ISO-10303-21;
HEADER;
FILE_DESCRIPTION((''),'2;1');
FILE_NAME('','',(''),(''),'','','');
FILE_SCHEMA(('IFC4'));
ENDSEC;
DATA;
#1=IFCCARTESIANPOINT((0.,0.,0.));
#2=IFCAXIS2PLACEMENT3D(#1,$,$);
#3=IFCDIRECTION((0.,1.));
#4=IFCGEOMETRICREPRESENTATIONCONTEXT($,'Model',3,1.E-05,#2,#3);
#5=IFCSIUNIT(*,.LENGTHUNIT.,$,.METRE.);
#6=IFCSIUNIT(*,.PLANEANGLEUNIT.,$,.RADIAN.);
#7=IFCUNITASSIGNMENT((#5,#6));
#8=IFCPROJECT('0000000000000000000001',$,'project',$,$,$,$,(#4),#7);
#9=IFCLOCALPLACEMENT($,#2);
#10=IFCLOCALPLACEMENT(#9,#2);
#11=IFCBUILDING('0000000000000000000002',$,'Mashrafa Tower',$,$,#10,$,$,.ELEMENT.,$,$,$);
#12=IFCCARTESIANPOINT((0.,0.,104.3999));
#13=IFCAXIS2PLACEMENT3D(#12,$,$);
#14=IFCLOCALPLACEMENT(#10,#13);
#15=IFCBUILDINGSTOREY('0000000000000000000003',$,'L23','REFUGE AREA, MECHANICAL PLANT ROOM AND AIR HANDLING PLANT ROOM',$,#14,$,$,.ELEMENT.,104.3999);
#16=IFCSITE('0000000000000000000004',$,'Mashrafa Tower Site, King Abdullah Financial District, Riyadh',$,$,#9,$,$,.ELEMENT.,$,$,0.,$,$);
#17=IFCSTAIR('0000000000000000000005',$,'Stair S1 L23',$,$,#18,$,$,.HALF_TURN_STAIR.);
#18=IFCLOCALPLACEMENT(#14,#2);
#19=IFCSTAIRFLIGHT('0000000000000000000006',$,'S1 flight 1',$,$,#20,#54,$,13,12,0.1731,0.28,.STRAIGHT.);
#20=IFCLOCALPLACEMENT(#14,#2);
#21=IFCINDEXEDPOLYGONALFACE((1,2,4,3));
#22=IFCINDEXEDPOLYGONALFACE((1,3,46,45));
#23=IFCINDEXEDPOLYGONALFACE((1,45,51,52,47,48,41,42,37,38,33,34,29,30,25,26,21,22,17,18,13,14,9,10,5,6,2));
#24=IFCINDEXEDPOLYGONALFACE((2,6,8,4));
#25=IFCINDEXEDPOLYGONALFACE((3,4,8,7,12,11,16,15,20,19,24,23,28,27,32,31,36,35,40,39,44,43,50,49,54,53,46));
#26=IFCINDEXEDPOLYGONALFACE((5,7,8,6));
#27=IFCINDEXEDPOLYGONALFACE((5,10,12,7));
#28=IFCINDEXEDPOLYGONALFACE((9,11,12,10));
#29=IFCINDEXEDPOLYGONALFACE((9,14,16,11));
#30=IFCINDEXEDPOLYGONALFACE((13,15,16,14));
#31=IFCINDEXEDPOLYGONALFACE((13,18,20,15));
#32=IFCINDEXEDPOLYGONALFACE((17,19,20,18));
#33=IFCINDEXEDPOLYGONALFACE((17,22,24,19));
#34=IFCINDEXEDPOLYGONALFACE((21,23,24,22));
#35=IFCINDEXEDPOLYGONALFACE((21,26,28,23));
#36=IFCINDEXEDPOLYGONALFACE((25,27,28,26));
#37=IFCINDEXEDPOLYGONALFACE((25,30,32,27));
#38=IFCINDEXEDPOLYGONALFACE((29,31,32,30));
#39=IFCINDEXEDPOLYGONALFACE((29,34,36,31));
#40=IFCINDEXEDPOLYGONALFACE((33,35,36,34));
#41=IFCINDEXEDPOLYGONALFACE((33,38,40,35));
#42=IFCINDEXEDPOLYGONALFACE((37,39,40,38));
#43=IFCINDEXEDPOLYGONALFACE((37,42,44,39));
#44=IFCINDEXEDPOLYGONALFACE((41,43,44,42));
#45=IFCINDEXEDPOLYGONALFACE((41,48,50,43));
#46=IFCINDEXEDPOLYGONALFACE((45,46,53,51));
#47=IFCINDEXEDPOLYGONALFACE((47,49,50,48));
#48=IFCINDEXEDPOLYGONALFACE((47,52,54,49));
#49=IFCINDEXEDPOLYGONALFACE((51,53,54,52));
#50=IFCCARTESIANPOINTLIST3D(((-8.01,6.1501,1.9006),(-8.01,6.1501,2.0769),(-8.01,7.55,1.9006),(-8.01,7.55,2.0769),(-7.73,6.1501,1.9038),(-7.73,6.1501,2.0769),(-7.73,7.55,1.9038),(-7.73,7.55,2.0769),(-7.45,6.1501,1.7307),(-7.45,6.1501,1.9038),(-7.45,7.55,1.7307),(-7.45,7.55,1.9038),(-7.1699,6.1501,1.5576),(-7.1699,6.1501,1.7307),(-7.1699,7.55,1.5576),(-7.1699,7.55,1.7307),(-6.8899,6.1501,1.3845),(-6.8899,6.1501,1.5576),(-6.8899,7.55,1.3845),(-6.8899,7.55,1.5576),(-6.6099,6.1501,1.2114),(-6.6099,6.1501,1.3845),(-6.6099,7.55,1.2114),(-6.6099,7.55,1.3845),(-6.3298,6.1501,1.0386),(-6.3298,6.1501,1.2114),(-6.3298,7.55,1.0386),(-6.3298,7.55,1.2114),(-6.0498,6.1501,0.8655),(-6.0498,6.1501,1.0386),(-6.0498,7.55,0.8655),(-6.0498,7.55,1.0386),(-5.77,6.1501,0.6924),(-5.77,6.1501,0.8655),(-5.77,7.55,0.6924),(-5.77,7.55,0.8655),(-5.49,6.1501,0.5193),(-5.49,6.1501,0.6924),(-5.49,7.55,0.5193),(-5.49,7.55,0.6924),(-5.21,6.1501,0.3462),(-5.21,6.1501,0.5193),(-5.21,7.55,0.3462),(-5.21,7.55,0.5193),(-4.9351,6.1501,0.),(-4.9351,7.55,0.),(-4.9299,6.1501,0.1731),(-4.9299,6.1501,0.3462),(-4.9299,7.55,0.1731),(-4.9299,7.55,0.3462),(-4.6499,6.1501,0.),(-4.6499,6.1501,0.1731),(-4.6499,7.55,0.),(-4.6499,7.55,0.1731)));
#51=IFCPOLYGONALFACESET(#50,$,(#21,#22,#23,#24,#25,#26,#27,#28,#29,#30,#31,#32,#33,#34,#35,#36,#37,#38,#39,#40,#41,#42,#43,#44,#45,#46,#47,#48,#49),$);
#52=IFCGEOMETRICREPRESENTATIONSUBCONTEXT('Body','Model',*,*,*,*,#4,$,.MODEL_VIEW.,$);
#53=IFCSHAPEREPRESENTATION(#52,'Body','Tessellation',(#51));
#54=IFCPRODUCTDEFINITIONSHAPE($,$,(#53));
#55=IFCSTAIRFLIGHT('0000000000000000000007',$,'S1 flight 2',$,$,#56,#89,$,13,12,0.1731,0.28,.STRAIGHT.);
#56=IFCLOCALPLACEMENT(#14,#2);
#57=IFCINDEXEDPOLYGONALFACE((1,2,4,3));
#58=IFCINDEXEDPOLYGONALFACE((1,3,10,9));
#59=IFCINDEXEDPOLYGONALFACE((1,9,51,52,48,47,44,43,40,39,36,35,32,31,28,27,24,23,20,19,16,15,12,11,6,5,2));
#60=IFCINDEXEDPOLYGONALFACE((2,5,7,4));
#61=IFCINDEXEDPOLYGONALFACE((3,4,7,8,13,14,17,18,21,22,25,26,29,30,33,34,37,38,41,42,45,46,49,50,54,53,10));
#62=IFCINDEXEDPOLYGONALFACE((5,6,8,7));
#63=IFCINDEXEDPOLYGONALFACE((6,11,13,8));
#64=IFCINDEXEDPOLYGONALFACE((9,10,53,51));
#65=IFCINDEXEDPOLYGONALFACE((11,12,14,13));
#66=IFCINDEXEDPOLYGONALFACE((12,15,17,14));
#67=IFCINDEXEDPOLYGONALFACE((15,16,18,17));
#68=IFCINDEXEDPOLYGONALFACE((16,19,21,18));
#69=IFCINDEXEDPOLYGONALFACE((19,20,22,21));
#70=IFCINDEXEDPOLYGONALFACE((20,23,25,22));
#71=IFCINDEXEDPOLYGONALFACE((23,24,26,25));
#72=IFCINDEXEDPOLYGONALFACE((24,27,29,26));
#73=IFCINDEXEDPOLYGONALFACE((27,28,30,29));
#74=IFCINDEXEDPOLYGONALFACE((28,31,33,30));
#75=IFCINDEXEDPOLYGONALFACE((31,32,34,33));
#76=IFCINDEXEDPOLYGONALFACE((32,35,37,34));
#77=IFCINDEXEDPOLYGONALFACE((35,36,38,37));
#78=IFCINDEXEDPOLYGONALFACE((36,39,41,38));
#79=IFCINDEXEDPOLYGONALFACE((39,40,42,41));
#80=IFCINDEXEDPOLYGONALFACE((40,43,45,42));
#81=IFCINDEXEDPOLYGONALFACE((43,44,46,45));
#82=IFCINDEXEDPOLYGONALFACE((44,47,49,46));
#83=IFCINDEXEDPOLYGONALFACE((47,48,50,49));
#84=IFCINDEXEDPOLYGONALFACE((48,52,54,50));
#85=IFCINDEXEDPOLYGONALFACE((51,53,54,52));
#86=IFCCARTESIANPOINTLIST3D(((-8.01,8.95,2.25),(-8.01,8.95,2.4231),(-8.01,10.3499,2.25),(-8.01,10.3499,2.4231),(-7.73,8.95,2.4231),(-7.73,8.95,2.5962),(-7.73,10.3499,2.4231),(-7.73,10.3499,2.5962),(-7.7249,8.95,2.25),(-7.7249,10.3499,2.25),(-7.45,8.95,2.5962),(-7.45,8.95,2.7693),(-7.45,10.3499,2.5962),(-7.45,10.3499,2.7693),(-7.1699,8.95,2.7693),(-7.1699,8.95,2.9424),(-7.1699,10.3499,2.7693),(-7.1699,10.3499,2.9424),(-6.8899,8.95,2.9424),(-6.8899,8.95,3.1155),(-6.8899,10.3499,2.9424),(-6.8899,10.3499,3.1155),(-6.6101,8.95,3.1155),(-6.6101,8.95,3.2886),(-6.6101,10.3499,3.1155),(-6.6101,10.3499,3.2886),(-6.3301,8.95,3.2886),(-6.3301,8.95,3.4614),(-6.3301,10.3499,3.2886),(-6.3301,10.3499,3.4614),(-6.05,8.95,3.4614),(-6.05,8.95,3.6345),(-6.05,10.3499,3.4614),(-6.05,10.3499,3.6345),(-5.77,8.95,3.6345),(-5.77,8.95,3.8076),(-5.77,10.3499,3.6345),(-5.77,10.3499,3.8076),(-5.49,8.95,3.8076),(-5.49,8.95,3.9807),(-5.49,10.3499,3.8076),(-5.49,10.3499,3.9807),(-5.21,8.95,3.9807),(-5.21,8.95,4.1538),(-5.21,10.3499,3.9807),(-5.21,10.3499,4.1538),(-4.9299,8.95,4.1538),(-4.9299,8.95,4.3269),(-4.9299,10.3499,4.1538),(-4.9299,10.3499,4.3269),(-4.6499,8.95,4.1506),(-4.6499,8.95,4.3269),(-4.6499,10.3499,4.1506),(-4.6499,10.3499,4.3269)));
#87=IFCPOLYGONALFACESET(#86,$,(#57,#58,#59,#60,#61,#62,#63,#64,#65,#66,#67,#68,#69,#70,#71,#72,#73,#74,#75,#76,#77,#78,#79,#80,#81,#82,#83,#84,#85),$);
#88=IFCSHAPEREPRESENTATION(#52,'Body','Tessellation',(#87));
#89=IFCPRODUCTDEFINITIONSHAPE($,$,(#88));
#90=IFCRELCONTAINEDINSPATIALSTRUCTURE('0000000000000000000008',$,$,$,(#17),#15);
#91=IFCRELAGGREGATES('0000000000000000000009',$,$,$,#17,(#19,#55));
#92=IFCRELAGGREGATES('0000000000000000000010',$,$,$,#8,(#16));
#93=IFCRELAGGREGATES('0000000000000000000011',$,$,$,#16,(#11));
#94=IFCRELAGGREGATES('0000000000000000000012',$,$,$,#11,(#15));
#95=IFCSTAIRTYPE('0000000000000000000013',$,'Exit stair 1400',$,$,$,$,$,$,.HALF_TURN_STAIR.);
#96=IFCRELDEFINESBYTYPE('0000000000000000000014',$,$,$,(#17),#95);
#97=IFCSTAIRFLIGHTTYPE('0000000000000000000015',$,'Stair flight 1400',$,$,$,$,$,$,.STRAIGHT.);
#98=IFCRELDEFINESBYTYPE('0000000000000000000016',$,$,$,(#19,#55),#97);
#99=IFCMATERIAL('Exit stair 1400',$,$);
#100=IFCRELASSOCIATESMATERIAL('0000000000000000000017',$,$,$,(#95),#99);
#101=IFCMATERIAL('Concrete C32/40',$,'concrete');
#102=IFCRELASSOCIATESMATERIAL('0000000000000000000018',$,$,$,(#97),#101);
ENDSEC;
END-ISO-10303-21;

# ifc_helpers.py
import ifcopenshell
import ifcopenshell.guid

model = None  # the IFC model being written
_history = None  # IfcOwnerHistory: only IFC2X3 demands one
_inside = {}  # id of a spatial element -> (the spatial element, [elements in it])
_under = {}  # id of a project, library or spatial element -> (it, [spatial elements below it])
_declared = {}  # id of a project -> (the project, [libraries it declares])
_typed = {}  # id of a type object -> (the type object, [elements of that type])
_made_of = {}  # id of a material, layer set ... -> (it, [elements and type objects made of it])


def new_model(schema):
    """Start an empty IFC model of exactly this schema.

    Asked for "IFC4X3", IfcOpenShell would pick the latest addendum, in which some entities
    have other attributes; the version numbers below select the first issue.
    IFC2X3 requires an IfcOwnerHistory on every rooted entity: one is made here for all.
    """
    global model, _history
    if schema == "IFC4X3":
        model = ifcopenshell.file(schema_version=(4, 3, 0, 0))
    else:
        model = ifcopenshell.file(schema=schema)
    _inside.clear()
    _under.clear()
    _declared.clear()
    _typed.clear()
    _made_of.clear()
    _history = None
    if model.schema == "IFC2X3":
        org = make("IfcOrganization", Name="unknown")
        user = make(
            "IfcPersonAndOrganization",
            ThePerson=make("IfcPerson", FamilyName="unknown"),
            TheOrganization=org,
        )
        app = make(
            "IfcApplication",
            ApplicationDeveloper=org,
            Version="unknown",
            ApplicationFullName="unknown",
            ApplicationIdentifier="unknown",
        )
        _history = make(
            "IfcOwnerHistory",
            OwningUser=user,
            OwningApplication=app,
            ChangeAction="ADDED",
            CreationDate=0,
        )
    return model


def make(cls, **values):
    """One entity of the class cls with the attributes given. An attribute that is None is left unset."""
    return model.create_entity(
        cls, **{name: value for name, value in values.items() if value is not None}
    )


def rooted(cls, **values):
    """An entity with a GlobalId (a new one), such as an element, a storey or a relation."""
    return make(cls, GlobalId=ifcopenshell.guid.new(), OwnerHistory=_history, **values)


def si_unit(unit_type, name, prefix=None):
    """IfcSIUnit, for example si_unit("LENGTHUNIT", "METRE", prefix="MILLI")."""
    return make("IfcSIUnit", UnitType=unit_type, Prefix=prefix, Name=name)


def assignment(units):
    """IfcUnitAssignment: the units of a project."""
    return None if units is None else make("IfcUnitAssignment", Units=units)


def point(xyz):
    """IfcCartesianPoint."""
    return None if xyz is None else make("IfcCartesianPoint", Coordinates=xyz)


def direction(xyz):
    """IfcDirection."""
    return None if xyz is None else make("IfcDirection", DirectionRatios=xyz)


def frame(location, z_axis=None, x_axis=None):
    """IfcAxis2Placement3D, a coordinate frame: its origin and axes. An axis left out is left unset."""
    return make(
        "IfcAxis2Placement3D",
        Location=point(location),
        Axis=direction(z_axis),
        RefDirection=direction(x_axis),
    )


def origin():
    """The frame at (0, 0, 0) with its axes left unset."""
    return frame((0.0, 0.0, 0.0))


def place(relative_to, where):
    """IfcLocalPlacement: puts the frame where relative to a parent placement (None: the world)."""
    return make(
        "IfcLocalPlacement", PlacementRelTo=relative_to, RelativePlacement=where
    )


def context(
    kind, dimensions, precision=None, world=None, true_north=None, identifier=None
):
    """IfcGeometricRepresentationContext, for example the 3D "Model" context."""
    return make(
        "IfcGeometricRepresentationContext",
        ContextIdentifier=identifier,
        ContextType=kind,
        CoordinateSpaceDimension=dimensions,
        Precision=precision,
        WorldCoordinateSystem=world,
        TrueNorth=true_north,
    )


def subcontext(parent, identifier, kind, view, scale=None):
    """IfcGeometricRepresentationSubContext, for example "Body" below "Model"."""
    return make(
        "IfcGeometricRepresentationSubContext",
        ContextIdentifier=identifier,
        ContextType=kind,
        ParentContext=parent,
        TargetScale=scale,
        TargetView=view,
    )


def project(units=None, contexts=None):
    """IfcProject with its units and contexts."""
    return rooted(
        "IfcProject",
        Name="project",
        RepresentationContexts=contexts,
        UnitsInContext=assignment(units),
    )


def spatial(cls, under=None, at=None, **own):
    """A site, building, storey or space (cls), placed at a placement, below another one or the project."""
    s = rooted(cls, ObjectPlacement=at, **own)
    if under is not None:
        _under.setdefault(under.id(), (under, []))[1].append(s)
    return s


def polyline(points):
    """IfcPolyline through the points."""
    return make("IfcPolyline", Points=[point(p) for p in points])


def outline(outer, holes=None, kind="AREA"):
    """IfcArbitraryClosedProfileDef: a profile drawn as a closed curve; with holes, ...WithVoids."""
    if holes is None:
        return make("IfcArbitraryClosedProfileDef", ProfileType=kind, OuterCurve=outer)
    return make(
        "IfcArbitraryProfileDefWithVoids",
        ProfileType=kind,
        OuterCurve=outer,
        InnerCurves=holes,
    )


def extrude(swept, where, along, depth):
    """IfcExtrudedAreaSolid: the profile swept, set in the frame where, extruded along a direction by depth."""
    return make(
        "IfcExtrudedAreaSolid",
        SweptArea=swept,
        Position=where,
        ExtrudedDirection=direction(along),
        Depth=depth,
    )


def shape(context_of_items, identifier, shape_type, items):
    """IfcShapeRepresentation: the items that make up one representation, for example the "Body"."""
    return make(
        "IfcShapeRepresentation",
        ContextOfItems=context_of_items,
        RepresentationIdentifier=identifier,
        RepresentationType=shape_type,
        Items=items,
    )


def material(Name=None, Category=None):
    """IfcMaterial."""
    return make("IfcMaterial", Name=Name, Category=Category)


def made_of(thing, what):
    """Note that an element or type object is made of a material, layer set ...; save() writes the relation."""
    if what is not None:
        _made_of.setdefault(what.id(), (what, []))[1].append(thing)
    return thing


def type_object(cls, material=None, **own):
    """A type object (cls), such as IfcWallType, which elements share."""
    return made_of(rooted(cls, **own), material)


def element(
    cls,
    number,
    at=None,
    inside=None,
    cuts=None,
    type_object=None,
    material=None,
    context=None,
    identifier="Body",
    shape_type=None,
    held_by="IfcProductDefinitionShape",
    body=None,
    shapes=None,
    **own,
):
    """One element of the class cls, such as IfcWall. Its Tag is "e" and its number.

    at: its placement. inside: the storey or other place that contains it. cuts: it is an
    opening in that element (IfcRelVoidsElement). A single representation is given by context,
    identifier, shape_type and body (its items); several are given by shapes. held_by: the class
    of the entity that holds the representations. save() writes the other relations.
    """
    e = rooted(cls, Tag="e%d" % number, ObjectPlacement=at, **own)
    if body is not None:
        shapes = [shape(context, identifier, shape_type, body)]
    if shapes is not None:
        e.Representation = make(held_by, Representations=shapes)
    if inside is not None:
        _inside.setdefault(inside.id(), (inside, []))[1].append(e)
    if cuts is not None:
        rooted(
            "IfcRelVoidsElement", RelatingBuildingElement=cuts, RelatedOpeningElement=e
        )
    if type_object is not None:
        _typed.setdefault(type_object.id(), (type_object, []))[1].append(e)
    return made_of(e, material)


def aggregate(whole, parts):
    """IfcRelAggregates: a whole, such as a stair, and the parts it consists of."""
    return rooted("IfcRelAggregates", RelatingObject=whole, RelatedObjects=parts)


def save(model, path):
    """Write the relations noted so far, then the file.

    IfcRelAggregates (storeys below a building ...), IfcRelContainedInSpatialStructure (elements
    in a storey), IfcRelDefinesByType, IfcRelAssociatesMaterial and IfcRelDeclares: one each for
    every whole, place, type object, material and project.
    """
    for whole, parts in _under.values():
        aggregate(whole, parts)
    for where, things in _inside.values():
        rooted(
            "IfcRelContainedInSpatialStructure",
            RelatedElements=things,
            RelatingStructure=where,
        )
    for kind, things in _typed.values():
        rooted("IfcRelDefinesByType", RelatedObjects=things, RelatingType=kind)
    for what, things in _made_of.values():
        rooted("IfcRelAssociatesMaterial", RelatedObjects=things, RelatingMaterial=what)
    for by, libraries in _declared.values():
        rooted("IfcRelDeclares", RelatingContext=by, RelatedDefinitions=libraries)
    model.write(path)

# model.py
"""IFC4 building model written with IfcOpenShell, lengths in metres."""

from ifc_helpers import new_model, si_unit, direction, frame, origin, place, context, subcontext, project, spatial, polyline, outline, extrude, material, type_object, element, aggregate, save


model = new_model("IFC4")

# Units and contexts
model_context = context("Model", 3, precision=1e-05, world=origin(), true_north=direction((0.0, 1.0)))
body_context = subcontext(model_context, "Body", "Model", "MODEL_VIEW")
ifc_project = project(units=[si_unit("LENGTHUNIT", "METRE"), si_unit("PLANEANGLEUNIT", "RADIAN")], contexts=[model_context])

# Site, building, storey
site_placement = place(None, origin())
site = spatial("IfcSite", under=ifc_project, at=site_placement, Name="Mashrafa Tower Site, King Abdullah Financial District, Riyadh", CompositionType="ELEMENT", RefElevation=0.0)
building_placement = place(site_placement, origin())
building = spatial("IfcBuilding", under=site, at=building_placement, Name="Mashrafa Tower", CompositionType="ELEMENT")
storey_placement = place(building_placement, frame((0.0, 0.0, 104.3999)))
storey = spatial("IfcBuildingStorey", under=building, at=storey_placement, Name="L23", Description="REFUGE AREA, MECHANICAL PLANT ROOM AND AIR HANDLING PLANT ROOM", CompositionType="ELEMENT", Elevation=104.3999)

# Stair, stair flights
ifc_material_1 = material(Name="Exit stair 1400")
stair_type = type_object("IfcStairType", Name="Exit stair 1400", PredefinedType="HALF_TURN_STAIR", material=ifc_material_1)
stair_placement = place(storey_placement, origin())
stair = element("IfcStair", 1, at=stair_placement, inside=storey, type_object=stair_type, Name="Stair S1 L23", PredefinedType="HALF_TURN_STAIR")
ifc_material_2 = material(Name="Concrete C32/40", Category="concrete")
stair_flight_type = type_object("IfcStairFlightType", Name="Stair flight 1400", PredefinedType="STRAIGHT", material=ifc_material_2)
stair_flight_1_placement = place(storey_placement, frame((-4.6499, 6.8501, 0.0), z_axis=(0.0, 0.0, 1.0), x_axis=(-1.0, 0.0, 0.0)))
stair_flight_1 = element("IfcStairFlight", 2, at=stair_flight_1_placement, type_object=stair_flight_type, Name="S1 flight 1", NumberOfRisers=13, NumberOfTreads=12, PredefinedType="STRAIGHT", RiserHeight=0.1731, TreadLength=0.28, context=body_context, shape_type="SweptSolid", body=[
    extrude(outline(polyline([(0.0, 0.0), (0.0, 0.1731), (0.28, 0.1731), (0.28, 0.3462), (0.5601, 0.3462), (0.5601, 0.5193), (0.8401, 0.5193), (0.8401, 0.6924), (1.1201, 0.6924), (1.1201, 0.8655), (1.3999, 0.8655), (1.3999, 1.0386), (1.6799, 1.0386), (1.6799, 1.2114), (1.96, 1.2114), (1.96, 1.3845), (2.24, 1.3845), (2.24, 1.5576), (2.52, 1.5576), (2.52, 1.7307), (2.8, 1.7307), (2.8, 1.9038), (3.0801, 1.9038), (3.0801, 2.0769), (3.3601, 2.0769), (3.3601, 2.25), (3.3601, 1.9006), (0.2852, 0.0), (0.0, 0.0)])), frame((0.0, 0.7, 0.0), z_axis=(0.0, -1.0, 0.0), x_axis=(1.0, 0.0, 0.0)), (0.0, 0.0, 1.0), 1.3999),
])
stair_flight_2_placement = place(storey_placement, frame((-8.01, 9.6499, 2.25), z_axis=(0.0, 0.0, 1.0), x_axis=(1.0, 0.0, 0.0)))
stair_flight_2 = element("IfcStairFlight", 3, at=stair_flight_2_placement, type_object=stair_flight_type, Name="S1 flight 2", NumberOfRisers=13, NumberOfTreads=12, PredefinedType="STRAIGHT", RiserHeight=0.1731, TreadLength=0.28, context=body_context, shape_type="SweptSolid", body=[
    extrude(outline(polyline([(0.0, 0.0), (0.0, 0.1731), (0.28, 0.1731), (0.28, 0.3462), (0.5601, 0.3462), (0.5601, 0.5193), (0.8401, 0.5193), (0.8401, 0.6924), (1.1201, 0.6924), (1.1201, 0.8655), (1.3999, 0.8655), (1.3999, 1.0386), (1.6799, 1.0386), (1.6799, 1.2114), (1.96, 1.2114), (1.96, 1.3845), (2.24, 1.3845), (2.24, 1.5576), (2.52, 1.5576), (2.52, 1.7307), (2.8, 1.7307), (2.8, 1.9038), (3.0801, 1.9038), (3.0801, 2.0769), (3.3601, 2.0769), (3.3601, 2.25), (3.3601, 1.9006), (0.2852, 0.0), (0.0, 0.0)])), frame((0.0, 0.7, 0.0), z_axis=(0.0, -1.0, 0.0), x_axis=(1.0, 0.0, 0.0)), (0.0, 0.0, 1.0), 1.3999),
])
aggregate(stair, [stair_flight_1, stair_flight_2])

save(model, "model.ifc")
